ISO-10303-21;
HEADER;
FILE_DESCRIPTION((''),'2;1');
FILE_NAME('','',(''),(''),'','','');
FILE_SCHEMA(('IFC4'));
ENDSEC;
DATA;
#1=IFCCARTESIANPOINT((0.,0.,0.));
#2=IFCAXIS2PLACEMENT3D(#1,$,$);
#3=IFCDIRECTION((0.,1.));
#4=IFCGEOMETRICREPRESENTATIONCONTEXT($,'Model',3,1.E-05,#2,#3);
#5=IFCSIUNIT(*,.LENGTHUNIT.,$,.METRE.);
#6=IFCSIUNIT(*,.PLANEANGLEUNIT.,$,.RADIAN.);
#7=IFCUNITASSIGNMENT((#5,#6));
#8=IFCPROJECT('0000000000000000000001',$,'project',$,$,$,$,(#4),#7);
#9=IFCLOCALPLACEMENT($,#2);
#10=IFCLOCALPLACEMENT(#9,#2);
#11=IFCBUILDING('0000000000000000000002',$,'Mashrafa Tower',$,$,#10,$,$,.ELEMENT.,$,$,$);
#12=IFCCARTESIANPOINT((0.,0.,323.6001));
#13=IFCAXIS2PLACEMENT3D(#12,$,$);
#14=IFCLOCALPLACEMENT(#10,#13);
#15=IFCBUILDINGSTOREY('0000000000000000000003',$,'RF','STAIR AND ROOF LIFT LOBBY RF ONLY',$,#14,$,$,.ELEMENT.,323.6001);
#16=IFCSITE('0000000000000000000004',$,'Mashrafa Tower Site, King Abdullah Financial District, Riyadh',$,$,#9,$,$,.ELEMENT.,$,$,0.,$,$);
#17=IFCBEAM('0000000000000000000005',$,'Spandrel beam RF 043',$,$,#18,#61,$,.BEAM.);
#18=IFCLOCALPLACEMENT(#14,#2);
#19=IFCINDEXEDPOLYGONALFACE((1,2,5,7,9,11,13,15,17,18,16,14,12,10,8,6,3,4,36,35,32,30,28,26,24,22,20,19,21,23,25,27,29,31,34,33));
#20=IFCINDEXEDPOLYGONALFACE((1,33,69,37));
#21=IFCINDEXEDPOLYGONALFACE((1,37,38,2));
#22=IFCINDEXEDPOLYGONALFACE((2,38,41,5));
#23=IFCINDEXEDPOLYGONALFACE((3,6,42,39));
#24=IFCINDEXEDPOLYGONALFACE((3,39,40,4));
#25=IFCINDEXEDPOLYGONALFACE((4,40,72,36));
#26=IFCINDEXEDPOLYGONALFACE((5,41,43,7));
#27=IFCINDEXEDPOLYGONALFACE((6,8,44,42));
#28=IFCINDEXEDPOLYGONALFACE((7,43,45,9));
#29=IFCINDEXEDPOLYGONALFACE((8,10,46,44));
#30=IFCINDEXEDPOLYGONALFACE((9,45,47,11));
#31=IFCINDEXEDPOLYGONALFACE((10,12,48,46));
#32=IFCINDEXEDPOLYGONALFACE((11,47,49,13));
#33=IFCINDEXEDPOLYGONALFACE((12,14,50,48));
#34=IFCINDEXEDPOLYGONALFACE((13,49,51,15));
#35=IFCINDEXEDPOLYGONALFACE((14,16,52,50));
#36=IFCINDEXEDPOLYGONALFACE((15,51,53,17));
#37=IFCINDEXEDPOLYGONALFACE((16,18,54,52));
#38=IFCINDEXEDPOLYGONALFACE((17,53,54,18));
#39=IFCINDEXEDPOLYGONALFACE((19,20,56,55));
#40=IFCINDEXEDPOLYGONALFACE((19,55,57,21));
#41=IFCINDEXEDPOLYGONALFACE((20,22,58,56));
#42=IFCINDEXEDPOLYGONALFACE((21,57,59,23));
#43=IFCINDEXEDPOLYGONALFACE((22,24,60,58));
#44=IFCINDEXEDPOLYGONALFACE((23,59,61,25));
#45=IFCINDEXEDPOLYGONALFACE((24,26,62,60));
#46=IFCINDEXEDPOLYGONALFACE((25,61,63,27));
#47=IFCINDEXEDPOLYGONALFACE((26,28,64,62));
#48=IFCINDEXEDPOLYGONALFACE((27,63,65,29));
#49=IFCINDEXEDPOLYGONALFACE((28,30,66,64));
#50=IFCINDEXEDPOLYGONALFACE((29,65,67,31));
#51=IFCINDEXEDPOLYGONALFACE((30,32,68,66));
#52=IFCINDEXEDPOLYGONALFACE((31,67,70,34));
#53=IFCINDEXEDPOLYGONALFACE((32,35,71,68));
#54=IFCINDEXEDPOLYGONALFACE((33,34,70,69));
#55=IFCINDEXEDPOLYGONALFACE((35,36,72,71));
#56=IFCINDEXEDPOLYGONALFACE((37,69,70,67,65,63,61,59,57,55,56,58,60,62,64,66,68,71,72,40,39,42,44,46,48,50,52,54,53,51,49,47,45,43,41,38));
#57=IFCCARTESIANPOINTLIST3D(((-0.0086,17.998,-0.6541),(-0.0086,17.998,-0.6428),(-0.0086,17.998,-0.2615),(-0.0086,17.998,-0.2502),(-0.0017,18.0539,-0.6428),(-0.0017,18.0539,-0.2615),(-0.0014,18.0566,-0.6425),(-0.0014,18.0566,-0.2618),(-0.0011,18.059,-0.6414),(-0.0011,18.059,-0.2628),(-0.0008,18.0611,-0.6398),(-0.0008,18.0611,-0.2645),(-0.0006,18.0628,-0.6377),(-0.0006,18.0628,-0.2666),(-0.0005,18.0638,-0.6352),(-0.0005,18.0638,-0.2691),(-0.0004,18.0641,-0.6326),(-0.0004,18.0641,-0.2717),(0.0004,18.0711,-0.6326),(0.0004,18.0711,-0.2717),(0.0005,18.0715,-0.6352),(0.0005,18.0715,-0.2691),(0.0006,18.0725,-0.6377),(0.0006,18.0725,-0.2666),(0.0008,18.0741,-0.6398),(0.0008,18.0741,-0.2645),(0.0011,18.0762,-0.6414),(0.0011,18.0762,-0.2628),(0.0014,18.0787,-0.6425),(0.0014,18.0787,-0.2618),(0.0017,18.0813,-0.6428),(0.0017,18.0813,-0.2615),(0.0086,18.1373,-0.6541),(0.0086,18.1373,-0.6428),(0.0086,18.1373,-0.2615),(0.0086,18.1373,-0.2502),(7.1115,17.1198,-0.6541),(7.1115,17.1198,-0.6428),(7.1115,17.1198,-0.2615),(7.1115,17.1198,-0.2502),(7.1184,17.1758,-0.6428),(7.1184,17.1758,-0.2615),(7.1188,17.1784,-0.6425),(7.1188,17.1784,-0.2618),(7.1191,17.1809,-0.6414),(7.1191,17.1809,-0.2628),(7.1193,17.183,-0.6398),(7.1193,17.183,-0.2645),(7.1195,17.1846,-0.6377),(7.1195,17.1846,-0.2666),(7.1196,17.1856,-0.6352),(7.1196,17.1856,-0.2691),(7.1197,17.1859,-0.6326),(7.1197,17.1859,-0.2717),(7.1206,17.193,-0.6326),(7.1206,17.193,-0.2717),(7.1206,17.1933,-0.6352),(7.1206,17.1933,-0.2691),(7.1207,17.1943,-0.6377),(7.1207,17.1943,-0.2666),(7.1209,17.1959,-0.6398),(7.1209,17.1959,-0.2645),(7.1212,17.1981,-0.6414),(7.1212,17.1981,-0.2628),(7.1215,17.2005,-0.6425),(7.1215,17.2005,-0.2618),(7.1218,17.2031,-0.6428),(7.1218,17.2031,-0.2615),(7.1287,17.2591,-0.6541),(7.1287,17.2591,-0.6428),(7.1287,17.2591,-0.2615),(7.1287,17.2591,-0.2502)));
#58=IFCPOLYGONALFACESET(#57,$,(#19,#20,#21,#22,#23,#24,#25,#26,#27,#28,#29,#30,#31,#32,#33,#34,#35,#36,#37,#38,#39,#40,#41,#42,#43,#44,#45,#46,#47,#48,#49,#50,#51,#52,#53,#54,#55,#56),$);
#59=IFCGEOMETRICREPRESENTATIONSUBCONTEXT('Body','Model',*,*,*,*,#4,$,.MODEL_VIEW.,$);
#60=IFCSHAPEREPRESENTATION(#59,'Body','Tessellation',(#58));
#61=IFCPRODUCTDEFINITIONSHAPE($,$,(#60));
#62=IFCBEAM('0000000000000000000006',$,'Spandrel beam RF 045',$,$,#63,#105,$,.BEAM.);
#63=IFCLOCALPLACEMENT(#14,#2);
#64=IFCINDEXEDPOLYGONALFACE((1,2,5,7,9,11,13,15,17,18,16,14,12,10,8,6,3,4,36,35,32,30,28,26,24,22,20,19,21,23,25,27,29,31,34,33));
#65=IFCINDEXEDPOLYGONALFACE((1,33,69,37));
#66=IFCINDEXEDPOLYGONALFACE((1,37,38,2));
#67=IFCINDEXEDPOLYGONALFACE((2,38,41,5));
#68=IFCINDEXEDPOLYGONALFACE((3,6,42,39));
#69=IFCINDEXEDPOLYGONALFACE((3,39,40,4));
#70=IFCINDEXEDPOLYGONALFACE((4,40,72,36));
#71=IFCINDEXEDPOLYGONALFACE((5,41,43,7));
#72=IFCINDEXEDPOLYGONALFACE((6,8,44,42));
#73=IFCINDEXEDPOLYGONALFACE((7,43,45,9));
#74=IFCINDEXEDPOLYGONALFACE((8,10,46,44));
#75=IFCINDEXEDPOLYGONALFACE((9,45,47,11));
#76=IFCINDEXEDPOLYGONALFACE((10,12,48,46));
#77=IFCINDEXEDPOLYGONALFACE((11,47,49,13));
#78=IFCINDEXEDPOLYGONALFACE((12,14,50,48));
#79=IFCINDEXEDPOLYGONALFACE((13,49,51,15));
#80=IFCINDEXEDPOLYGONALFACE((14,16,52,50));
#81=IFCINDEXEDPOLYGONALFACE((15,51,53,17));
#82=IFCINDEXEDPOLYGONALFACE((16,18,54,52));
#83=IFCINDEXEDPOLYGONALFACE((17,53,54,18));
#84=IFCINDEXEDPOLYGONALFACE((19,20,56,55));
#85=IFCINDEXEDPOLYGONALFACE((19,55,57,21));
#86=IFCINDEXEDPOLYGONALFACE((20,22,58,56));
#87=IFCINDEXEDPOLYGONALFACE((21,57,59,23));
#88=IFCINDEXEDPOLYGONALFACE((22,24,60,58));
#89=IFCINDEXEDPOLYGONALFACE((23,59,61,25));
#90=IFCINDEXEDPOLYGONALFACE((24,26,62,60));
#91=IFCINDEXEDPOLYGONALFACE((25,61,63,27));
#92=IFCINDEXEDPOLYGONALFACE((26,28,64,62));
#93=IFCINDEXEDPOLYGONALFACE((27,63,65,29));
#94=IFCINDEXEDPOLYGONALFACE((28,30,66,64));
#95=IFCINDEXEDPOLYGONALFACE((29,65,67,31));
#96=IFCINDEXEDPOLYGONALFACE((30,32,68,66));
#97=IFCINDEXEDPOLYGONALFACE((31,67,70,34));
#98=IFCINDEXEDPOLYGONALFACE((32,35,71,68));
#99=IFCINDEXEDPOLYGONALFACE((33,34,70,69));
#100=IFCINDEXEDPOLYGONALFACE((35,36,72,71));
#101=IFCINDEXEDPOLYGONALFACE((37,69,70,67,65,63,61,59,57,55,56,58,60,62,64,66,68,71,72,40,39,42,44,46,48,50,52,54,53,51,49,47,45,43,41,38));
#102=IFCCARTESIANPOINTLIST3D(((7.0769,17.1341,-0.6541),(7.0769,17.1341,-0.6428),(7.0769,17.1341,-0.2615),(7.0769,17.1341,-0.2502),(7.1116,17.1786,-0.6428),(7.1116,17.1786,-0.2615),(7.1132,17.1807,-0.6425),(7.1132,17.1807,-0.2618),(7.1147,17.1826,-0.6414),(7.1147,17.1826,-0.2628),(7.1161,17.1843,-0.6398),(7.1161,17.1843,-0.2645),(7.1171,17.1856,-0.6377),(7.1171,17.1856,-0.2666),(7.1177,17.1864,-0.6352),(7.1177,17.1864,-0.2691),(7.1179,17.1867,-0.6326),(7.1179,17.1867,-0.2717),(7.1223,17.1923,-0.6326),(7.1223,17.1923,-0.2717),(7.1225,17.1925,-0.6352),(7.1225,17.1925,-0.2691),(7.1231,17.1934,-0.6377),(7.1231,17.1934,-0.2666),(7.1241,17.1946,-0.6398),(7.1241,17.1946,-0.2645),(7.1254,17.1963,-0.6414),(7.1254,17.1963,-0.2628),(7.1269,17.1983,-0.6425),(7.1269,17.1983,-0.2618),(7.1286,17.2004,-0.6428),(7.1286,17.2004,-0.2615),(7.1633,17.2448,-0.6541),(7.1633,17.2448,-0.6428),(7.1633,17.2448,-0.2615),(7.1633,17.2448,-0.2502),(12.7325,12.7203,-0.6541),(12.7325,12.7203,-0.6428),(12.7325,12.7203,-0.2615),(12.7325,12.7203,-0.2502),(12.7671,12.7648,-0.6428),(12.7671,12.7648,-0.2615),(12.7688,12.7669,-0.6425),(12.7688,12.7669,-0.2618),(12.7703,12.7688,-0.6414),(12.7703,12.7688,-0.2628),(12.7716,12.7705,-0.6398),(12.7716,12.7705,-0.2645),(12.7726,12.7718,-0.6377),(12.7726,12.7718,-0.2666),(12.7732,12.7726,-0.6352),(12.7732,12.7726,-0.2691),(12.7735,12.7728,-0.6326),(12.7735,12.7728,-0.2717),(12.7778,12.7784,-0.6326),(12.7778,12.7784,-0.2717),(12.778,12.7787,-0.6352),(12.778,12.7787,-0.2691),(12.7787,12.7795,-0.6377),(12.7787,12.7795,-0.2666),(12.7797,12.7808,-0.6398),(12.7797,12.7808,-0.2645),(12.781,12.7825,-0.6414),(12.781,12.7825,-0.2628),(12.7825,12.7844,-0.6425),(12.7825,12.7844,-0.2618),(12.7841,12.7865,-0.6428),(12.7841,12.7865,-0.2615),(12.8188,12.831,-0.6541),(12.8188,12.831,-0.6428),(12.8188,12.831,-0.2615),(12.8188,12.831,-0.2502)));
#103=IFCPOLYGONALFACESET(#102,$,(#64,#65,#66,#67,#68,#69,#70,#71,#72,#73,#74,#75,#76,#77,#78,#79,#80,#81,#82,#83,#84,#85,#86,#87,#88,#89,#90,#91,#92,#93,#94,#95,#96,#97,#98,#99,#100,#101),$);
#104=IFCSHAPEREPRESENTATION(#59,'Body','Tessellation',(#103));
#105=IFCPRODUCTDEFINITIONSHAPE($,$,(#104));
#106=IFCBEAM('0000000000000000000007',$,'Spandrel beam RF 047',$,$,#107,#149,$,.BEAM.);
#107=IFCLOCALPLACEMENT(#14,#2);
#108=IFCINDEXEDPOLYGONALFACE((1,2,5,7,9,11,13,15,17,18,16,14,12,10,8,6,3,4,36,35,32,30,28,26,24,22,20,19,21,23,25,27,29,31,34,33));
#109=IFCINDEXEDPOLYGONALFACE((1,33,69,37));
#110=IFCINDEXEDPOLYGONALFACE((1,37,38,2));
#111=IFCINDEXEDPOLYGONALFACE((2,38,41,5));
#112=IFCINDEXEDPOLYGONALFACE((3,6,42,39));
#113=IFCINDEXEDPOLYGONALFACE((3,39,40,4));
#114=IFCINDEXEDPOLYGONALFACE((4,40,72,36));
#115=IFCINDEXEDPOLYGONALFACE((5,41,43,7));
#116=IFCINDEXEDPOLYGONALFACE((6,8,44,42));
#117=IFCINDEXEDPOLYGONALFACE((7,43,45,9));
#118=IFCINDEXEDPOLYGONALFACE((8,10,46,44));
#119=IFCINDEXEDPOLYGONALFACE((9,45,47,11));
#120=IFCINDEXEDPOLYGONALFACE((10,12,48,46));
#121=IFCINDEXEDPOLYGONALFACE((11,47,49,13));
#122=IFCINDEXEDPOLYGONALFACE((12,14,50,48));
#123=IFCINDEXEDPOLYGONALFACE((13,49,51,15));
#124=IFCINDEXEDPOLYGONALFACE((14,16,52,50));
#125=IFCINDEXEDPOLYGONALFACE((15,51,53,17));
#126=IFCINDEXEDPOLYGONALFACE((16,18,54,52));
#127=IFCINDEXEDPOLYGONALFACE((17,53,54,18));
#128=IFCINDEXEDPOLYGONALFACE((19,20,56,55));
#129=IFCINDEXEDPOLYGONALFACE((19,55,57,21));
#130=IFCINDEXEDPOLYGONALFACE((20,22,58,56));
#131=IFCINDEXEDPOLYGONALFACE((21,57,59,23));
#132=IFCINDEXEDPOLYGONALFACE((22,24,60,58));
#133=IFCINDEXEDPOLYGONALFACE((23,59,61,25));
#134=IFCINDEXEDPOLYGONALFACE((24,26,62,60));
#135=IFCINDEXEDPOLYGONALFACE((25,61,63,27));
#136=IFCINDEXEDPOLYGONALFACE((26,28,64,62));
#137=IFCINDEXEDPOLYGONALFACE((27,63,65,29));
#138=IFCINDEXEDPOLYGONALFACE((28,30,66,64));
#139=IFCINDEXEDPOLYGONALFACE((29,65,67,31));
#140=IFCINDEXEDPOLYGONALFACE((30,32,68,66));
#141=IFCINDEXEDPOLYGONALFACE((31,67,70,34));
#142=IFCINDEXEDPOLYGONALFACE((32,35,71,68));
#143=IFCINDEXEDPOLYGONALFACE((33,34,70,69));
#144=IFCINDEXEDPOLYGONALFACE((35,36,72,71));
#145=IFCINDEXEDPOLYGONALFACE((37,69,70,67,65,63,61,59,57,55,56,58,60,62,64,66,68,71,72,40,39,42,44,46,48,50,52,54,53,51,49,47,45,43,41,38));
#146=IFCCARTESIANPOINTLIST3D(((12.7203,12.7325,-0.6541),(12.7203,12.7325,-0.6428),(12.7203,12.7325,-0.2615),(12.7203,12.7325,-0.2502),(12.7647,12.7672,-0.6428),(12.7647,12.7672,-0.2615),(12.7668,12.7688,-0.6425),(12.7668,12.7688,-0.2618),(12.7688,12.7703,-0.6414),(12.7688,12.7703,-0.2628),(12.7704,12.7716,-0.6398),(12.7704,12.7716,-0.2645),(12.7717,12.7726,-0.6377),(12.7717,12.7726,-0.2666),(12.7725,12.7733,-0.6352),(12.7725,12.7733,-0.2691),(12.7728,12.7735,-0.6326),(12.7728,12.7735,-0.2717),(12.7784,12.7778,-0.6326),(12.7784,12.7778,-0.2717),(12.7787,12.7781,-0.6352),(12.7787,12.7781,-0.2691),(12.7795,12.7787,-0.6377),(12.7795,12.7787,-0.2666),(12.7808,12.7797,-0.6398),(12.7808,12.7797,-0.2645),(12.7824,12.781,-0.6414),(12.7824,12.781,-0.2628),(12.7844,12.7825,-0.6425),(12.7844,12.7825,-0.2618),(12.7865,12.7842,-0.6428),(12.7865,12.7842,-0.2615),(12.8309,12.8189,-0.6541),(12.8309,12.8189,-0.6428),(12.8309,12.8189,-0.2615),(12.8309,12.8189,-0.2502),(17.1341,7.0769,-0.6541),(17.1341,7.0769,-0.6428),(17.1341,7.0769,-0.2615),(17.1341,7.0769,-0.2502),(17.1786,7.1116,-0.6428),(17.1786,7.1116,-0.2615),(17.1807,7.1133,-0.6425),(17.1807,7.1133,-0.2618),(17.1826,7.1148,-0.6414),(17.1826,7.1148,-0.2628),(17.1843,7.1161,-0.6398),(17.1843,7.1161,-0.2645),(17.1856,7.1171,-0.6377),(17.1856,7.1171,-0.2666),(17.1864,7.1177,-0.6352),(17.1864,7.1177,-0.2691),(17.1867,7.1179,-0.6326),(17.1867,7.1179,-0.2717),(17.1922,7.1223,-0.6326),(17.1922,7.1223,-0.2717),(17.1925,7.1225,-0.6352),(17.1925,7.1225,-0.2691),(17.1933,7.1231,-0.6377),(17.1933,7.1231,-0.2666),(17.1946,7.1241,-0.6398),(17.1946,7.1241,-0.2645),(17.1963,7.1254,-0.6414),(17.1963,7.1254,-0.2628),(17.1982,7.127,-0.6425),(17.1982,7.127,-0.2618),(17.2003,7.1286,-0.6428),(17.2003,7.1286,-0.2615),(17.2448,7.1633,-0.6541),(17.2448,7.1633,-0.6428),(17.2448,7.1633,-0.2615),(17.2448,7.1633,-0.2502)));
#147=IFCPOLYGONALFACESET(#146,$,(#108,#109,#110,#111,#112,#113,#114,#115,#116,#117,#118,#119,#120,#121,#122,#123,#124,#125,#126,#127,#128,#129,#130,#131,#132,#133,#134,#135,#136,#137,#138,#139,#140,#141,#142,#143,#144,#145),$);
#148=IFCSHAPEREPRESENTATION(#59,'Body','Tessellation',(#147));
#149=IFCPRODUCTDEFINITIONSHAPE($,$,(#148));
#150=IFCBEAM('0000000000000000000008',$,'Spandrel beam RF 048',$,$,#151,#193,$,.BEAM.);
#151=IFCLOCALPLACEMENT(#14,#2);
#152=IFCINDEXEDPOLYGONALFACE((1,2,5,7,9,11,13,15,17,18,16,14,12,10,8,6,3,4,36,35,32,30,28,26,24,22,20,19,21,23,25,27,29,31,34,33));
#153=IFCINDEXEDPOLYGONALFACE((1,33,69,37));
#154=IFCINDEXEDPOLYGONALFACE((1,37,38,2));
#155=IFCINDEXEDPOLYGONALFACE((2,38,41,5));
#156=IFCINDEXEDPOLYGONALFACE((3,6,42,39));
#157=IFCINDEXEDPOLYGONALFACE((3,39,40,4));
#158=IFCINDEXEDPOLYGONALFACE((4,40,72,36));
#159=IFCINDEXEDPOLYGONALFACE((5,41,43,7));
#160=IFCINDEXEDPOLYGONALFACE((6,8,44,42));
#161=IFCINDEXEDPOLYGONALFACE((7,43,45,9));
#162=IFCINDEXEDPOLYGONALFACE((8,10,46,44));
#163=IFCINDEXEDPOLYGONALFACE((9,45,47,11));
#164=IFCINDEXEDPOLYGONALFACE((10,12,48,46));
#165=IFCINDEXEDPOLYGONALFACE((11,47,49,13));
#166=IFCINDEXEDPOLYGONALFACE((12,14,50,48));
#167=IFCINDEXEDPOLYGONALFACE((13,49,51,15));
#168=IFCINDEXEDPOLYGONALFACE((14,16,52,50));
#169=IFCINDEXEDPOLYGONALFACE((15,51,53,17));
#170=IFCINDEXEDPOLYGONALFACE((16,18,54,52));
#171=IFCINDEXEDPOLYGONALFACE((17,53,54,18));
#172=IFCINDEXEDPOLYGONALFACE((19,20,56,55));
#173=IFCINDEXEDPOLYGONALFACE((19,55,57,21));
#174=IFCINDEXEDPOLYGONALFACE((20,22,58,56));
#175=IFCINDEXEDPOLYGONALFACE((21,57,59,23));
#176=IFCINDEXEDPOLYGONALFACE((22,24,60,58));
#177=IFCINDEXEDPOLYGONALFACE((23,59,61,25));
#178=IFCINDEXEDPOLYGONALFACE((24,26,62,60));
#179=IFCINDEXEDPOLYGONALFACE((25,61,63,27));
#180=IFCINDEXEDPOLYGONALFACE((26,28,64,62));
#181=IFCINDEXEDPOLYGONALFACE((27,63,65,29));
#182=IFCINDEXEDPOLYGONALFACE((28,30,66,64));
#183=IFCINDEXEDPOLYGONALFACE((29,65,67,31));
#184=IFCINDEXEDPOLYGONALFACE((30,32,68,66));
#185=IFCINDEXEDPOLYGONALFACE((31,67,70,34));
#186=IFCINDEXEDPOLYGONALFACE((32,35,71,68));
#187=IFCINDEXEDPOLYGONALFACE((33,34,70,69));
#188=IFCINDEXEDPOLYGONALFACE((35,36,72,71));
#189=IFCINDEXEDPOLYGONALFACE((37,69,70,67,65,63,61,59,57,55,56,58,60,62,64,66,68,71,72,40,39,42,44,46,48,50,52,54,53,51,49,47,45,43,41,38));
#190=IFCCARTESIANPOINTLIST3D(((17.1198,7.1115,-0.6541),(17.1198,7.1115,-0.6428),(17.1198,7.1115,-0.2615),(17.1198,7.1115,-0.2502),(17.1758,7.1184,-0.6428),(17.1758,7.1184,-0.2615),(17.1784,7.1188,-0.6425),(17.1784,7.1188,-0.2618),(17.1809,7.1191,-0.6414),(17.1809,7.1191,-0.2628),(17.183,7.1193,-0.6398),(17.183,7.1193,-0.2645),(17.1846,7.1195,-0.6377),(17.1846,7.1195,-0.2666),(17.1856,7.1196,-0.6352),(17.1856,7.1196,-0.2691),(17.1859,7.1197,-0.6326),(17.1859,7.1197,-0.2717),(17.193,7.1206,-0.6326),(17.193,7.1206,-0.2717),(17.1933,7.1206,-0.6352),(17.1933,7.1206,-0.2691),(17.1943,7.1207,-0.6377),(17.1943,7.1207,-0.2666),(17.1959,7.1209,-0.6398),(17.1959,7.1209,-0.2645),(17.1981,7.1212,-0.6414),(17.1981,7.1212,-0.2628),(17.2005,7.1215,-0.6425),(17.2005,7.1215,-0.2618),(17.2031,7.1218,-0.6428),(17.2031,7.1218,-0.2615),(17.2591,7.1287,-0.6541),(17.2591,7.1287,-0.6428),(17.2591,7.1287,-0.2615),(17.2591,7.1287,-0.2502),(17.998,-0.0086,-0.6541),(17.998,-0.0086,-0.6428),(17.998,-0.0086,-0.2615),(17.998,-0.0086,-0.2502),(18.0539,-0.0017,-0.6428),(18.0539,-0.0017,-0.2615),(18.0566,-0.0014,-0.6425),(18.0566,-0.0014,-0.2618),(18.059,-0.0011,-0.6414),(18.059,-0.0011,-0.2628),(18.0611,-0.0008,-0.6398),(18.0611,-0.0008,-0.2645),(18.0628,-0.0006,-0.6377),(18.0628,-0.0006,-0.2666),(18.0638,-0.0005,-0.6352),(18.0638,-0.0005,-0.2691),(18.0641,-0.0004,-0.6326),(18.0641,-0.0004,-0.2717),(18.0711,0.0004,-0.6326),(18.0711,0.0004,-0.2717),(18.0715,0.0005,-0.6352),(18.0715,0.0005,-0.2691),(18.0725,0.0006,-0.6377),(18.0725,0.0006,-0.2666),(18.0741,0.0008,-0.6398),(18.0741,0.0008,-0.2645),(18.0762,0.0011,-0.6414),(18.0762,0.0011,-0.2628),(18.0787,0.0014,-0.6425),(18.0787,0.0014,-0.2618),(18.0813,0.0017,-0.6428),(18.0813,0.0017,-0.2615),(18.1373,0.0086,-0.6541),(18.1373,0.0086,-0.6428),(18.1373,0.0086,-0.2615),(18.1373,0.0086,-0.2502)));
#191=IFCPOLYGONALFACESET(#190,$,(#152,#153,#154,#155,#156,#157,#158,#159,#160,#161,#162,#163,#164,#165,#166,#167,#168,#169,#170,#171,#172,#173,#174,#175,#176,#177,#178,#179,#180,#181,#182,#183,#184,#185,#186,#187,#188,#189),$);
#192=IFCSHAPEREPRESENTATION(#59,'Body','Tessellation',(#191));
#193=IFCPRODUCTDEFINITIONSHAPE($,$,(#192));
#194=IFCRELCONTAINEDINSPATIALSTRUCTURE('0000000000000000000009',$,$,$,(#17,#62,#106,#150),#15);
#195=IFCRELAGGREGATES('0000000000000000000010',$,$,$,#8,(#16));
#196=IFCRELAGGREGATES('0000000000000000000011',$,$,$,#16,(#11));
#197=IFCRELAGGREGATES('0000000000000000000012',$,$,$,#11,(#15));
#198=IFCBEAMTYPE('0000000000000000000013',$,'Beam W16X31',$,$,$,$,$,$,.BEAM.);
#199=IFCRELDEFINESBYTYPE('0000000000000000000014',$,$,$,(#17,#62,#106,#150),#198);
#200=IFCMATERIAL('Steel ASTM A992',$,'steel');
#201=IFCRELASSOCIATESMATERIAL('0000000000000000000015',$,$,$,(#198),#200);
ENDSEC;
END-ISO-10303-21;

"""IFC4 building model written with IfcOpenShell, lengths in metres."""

from ifc_helpers import new_model, si_unit, direction, frame, origin, origin_2d, place, context, subcontext, project, spatial, i_section, extrude, material, material_profile, profile_set, type_object, element, save


model = new_model("IFC4")

# Units and contexts
model_context = context("Model", 3, precision=1e-05, world=origin(), true_north=direction((0.0, 1.0)))
body_context = subcontext(model_context, "Body", "Model", "MODEL_VIEW")
ifc_project = project(units=[si_unit("LENGTHUNIT", "METRE"), si_unit("PLANEANGLEUNIT", "RADIAN")], contexts=[model_context])

# Site, building, storey
site_placement = place(None, origin())
site = spatial("IfcSite", under=ifc_project, at=site_placement, Name="Mashrafa Tower Site, King Abdullah Financial District, Riyadh", CompositionType="ELEMENT", RefElevation=0.0)
building_placement = place(site_placement, origin())
building = spatial("IfcBuilding", under=site, at=building_placement, Name="Mashrafa Tower", CompositionType="ELEMENT")
storey_placement = place(building_placement, frame((0.0, 0.0, 323.6001)))
storey = spatial("IfcBuildingStorey", under=building, at=storey_placement, Name="RF", Description="STAIR AND ROOF LIFT LOBBY RF ONLY", CompositionType="ELEMENT", Elevation=323.6001)

# Beams
ifc_material_1 = material(Name="Steel ASTM A992", Category="steel")
ifc_material_profile_1 = material_profile(ifc_material_1, i_section(OverallWidth=0.1404, OverallDepth=0.4038, WebThickness=0.0071, FlangeThickness=0.0112, FilletRadius=0.0103, at=origin_2d()), Name="W16X31")
ifc_profile_set_1 = profile_set([ifc_material_profile_1], Name="Steel ASTM A992")
beam_type_1 = type_object("IfcBeamType", Name="Beam W16X31", PredefinedType="BEAM", material=ifc_profile_set_1)
for number, where, z_axis, x_axis, name in (
    (1, (7.1201, 17.1895, -0.4521), (-0.99248, 0.122409, 0.0), (-0.122409, -0.99248, 0.0), "Spandrel beam RF 043"),
    (2, (12.7756, 12.7756, -0.4521), (-0.788332, 0.61525, 0.0), (-0.61525, -0.788332, 0.0), "Spandrel beam RF 045"),
    (3, (17.1895, 7.1201, -0.4521), (-0.61525, 0.788332, 0.0), (-0.788332, -0.61525, 0.0), "Spandrel beam RF 047"),
    (4, (18.0676, 0.0, -0.4521), (-0.122409, 0.99248, 0.0), (-0.99248, -0.122409, 0.0), "Spandrel beam RF 048"),
):
    element("IfcBeam", number, at=place(storey_placement, frame(where, z_axis=z_axis, x_axis=x_axis)), inside=storey, type_object=beam_type_1, Name=name, PredefinedType="BEAM", context=body_context, shape_type="SweptSolid", body=[
        extrude(i_section(OverallWidth=0.1404, OverallDepth=0.4038, WebThickness=0.0071, FlangeThickness=0.0112, FilletRadius=0.0103, at=origin_2d()), origin(), (0.0, 0.0, 1.0), 7.1741),
    ])

save(model, "model.ifc")
